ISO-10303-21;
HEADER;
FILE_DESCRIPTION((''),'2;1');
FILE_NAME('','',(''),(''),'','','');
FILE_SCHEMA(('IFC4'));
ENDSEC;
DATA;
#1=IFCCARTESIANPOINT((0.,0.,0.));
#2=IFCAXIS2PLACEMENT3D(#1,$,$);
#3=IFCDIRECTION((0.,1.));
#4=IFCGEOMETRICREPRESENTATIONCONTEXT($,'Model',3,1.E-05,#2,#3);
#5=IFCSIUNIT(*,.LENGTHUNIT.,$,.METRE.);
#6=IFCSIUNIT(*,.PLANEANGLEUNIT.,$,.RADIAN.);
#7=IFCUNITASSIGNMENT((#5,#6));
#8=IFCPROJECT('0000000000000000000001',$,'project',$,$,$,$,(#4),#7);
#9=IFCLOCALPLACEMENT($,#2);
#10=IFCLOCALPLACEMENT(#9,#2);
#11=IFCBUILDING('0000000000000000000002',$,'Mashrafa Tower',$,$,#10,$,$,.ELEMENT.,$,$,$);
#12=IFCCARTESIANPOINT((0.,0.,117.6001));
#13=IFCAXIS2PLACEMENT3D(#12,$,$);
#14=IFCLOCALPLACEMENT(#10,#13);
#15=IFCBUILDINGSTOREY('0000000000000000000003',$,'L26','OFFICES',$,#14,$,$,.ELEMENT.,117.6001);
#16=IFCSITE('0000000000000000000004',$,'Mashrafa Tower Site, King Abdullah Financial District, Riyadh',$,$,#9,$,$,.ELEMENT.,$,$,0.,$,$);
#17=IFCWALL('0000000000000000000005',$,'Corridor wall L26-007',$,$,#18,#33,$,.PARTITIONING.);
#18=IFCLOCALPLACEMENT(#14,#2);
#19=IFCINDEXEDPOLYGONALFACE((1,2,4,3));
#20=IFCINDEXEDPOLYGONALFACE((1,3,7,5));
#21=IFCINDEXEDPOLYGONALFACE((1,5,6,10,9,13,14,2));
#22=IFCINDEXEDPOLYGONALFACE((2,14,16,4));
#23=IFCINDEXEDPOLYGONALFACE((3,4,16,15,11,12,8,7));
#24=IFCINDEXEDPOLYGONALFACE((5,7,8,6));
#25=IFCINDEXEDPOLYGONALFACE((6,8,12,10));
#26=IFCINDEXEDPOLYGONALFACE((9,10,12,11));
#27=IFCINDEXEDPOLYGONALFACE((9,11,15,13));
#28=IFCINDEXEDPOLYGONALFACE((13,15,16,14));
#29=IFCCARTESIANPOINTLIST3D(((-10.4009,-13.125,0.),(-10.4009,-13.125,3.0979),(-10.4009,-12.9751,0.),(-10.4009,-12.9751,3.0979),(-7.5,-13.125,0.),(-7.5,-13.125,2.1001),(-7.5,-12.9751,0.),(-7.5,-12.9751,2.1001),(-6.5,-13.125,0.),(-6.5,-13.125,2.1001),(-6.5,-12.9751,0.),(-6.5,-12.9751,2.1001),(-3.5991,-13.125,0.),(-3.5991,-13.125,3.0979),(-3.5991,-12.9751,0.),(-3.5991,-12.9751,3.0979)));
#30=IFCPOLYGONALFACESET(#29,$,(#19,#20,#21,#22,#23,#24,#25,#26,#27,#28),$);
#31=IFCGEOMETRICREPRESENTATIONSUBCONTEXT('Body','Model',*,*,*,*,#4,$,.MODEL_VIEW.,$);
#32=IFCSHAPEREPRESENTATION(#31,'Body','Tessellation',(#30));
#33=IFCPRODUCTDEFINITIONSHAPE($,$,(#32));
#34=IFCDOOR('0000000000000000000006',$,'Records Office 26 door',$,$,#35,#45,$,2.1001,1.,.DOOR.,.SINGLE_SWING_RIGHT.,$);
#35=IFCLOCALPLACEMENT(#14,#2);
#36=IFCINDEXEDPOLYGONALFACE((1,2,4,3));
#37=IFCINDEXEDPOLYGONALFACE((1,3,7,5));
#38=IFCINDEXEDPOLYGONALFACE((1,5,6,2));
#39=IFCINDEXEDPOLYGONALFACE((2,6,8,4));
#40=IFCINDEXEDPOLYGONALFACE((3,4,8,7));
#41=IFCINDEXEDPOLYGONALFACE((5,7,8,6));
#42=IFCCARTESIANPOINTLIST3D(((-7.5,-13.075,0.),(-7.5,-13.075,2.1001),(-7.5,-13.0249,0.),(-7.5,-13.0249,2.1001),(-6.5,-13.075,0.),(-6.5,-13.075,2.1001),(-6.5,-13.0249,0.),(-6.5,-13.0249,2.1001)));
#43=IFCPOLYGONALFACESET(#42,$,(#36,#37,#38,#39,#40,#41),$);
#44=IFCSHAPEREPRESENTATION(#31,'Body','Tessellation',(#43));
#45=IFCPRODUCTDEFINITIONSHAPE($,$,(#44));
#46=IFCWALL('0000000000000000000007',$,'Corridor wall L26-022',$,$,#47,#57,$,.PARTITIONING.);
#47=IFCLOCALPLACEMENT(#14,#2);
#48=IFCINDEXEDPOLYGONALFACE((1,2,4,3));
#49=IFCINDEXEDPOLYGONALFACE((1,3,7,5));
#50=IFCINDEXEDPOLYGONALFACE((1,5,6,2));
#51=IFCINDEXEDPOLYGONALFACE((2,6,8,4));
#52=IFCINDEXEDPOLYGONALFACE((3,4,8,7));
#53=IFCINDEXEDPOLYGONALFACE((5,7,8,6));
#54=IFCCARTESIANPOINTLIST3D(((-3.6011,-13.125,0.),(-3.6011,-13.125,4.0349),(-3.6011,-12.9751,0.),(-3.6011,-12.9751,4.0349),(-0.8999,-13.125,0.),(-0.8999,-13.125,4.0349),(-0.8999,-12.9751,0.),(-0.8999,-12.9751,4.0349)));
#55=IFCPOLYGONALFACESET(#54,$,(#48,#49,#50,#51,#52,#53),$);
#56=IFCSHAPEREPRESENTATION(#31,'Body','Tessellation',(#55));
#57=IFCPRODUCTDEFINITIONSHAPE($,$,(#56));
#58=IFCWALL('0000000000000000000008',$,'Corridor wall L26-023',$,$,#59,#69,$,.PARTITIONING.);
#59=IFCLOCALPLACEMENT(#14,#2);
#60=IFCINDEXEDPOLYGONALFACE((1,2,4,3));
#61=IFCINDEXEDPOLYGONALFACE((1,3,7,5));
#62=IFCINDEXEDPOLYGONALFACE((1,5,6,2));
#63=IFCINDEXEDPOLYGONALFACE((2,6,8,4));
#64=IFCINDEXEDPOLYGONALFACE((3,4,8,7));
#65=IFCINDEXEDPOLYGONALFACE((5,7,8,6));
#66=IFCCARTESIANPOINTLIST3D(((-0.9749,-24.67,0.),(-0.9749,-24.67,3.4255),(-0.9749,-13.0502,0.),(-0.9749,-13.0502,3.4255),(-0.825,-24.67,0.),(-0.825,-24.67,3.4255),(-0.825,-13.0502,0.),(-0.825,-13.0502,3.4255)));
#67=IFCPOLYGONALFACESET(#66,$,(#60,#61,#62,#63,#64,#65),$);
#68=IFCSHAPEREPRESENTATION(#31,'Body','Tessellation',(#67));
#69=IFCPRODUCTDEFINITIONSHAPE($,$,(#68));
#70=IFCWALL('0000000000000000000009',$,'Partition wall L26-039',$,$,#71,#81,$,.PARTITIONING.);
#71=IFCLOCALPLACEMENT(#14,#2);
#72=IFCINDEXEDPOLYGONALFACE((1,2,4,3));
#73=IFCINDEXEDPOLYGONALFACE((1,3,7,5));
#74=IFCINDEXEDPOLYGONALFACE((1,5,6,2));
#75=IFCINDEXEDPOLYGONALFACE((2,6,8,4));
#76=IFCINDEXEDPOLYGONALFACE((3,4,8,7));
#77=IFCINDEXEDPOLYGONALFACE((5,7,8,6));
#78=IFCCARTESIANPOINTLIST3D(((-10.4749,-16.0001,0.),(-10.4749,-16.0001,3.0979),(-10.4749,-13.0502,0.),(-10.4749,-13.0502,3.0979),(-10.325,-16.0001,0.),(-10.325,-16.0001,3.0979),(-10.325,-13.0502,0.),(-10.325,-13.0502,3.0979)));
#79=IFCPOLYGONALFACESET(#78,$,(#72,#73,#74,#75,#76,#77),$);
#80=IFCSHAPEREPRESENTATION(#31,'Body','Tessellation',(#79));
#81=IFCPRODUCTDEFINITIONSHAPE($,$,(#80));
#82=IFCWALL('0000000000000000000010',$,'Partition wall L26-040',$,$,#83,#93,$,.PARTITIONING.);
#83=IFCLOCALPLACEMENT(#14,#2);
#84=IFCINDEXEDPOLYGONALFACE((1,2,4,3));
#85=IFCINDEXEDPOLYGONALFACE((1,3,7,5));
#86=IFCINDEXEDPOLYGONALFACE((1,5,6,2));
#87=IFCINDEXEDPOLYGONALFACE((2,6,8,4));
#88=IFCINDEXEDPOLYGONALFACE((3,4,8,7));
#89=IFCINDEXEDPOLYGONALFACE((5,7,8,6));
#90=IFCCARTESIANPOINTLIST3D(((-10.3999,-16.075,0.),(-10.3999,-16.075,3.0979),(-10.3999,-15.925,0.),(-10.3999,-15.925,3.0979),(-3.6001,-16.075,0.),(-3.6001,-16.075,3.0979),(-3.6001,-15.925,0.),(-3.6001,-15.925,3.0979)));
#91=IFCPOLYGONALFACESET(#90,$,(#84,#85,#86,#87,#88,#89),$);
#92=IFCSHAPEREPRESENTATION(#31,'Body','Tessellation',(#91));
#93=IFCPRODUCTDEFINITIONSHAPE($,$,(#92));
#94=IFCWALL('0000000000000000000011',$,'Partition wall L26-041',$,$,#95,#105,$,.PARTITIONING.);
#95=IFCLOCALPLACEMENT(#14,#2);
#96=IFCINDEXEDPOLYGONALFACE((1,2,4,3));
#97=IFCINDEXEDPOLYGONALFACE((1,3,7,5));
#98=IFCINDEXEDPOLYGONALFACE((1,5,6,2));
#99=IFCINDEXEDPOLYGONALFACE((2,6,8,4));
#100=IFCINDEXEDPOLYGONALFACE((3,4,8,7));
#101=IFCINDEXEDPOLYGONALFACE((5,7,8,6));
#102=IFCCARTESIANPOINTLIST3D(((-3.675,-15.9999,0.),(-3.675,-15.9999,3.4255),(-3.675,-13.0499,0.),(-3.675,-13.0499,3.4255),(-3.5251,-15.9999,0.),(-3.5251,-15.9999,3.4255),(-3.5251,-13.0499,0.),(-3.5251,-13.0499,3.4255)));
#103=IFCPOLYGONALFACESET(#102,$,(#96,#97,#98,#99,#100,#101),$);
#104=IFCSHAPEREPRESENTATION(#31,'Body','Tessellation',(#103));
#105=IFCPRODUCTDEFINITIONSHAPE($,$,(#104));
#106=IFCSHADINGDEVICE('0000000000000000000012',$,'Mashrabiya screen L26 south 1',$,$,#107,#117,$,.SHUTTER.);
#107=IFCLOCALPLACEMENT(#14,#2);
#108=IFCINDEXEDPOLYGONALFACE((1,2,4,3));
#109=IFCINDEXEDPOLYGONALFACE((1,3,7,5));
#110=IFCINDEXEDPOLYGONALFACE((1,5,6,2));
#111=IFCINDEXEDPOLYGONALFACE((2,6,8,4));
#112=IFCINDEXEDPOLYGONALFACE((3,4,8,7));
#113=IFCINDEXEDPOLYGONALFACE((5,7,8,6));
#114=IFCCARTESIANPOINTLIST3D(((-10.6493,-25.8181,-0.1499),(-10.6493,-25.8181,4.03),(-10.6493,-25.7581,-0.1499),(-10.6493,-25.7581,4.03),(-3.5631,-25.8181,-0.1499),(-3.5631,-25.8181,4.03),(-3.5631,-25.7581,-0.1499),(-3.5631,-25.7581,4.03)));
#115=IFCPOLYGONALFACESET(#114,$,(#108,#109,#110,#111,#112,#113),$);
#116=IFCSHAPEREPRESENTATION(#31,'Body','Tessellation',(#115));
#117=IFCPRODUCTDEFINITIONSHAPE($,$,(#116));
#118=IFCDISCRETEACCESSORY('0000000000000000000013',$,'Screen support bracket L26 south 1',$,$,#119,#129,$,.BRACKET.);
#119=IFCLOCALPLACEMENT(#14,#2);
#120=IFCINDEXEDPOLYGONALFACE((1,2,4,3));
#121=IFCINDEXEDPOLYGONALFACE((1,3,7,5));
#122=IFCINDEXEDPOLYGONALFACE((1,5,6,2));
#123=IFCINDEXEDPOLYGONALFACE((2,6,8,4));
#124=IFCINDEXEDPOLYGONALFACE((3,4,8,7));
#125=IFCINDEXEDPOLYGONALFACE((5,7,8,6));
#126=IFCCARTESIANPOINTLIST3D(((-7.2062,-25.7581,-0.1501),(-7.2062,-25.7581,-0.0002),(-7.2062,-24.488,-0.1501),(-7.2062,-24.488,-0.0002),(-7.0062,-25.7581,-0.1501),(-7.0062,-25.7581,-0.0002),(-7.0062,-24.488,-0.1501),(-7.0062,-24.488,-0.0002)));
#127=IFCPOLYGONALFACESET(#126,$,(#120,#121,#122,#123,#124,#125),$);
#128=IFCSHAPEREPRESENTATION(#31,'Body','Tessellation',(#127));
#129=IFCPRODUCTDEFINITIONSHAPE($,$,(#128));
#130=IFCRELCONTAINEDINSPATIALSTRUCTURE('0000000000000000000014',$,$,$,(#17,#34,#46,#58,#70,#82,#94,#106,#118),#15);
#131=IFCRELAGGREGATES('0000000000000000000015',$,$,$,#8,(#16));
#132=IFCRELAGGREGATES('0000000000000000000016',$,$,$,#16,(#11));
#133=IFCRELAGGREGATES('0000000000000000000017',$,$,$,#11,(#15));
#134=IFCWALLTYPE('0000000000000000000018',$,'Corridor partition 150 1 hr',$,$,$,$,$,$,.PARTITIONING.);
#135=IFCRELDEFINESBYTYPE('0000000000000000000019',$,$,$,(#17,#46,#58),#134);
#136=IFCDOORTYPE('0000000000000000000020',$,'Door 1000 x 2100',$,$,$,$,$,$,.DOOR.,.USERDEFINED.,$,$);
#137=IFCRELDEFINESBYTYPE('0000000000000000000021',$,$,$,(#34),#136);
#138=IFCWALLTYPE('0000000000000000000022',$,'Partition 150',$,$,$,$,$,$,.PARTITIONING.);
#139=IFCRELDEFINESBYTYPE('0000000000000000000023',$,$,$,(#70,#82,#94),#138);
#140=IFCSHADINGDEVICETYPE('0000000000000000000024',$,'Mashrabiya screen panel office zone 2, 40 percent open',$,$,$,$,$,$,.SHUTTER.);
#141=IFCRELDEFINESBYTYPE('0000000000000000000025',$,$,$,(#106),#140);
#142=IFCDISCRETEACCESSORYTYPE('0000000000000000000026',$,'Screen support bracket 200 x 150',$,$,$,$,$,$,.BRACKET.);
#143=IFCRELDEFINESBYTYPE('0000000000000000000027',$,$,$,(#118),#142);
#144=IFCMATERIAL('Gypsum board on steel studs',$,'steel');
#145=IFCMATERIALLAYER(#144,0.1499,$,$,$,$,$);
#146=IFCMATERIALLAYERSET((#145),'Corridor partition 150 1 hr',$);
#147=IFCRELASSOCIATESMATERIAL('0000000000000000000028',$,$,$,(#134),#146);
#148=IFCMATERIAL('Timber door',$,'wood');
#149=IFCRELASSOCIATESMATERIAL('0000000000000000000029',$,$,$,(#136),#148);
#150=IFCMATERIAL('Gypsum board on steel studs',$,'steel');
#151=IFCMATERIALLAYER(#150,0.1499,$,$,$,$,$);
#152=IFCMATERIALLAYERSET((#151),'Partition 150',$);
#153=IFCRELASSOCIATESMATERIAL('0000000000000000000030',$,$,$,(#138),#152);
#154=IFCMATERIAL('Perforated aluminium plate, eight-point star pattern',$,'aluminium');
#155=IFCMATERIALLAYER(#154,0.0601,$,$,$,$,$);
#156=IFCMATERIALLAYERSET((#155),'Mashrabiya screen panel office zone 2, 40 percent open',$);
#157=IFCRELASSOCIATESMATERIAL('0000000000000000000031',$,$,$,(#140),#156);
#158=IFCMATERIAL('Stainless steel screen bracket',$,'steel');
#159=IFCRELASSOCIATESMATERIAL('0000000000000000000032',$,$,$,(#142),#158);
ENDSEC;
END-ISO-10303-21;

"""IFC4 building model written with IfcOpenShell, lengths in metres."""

from ifc_helpers import new_model, si_unit, direction, frame, frame_2d, origin, origin_2d, place, context, subcontext, project, spatial, rectangle, extrude, source, transform, mapped, material, layer, layer_set, type_object, type_shapes, element, fill, save


model = new_model("IFC4")

# Units and contexts
model_context = context("Model", 3, precision=1e-05, world=origin(), true_north=direction((0.0, 1.0)))
body_context = subcontext(model_context, "Body", "Model", "MODEL_VIEW")
ifc_project = project(units=[si_unit("LENGTHUNIT", "METRE"), si_unit("PLANEANGLEUNIT", "RADIAN")], contexts=[model_context])

# Site, building, storey
site_placement = place(None, origin())
site = spatial("IfcSite", under=ifc_project, at=site_placement, Name="Mashrafa Tower Site, King Abdullah Financial District, Riyadh", CompositionType="ELEMENT", RefElevation=0.0)
building_placement = place(site_placement, origin())
building = spatial("IfcBuilding", under=site, at=building_placement, Name="Mashrafa Tower", CompositionType="ELEMENT")
storey_placement = place(building_placement, frame((0.0, 0.0, 117.6001)))
storey = spatial("IfcBuildingStorey", under=building, at=storey_placement, Name="L26", Description="OFFICES", CompositionType="ELEMENT", Elevation=117.6001)

# Wall, opening, door
ifc_material_1 = material(Name="Gypsum board on steel studs", Category="steel")
ifc_layer_1 = layer(ifc_material_1, 0.1499)
ifc_layer_set_1 = layer_set([ifc_layer_1], Name="Corridor partition 150 1 hr")
wall_type_1 = type_object("IfcWallType", Name="Corridor partition 150 1 hr", PredefinedType="PARTITIONING", material=ifc_layer_set_1)
wall_1_placement = place(storey_placement, frame((-10.4009, -13.05, 0.0), z_axis=(0.0, 0.0, 1.0), x_axis=(1.0, 0.0, 0.0)))
wall_1 = element("IfcWall", 1, at=wall_1_placement, inside=storey, type_object=wall_type_1, Name="Corridor wall L26-007", PredefinedType="PARTITIONING", context=body_context, shape_type="SweptSolid", body=[
    extrude(rectangle(XDim=6.8018, YDim=0.1499, at=frame_2d((3.4009, 0.0))), origin(), (0.0, 0.0, 1.0), 3.0979),
])
opening_placement = place(wall_1_placement, frame((2.9009, 0.0, 0.0)))
opening = element("IfcOpeningElement", 2, at=opening_placement, cuts=wall_1, PredefinedType="OPENING", context=body_context, shape_type="SweptSolid", body=[
    extrude(rectangle(XDim=1.0, YDim=2.1001, at=frame_2d((0.5, 1.05))), frame((0.0, 0.085, 0.0), z_axis=(0.0, -1.0, 0.0), x_axis=(1.0, 0.0, 0.0)), (0.0, 0.0, 1.0), 0.1699),
])
ifc_material_2 = material(Name="Timber door", Category="wood")
door_type = type_object("IfcDoorType", Name="Door 1000 x 2100", OperationType="USERDEFINED", PredefinedType="DOOR", material=ifc_material_2)
door_placement = place(opening_placement, frame((1.0, 0.0, 0.0), z_axis=(0.0, 0.0, 1.0), x_axis=(-1.0, 0.0, 0.0)))
door = element("IfcDoor", 3, at=door_placement, inside=storey, type_object=door_type, Name="Records Office 26 door", OperationType="SINGLE_SWING_RIGHT", OverallHeight=2.1001, OverallWidth=1.0, PredefinedType="DOOR", context=body_context, shape_type="SweptSolid", body=[
    extrude(rectangle(XDim=1.0, YDim=2.1001, at=frame_2d((0.5, 1.05))), frame((0.0, 0.0249, 0.0), z_axis=(0.0, -1.0, 0.0), x_axis=(1.0, 0.0, 0.0)), (0.0, 0.0, 1.0), 0.05),
])
fill(opening, door)

# Walls
wall_2_placement = place(storey_placement, frame((-3.6011, -13.05, 0.0), z_axis=(0.0, 0.0, 1.0), x_axis=(1.0, 0.0, 0.0)))
element("IfcWall", 4, at=wall_2_placement, inside=storey, type_object=wall_type_1, Name="Corridor wall L26-022", PredefinedType="PARTITIONING", context=body_context, shape_type="SweptSolid", body=[
    extrude(rectangle(XDim=2.7012, YDim=0.1499, at=frame_2d((1.3506, 0.0))), origin(), (0.0, 0.0, 1.0), 4.0349),
])
wall_3_placement = place(storey_placement, frame((-0.8999, -13.05, 0.0), z_axis=(0.0, 0.0, 1.0), x_axis=(0.0, -1.0, 0.0)))
element("IfcWall", 5, at=wall_3_placement, inside=storey, type_object=wall_type_1, Name="Corridor wall L26-023", PredefinedType="PARTITIONING", context=body_context, shape_type="SweptSolid", body=[
    extrude(rectangle(XDim=11.6199, YDim=0.1499, at=frame_2d((5.8101, 0.0))), origin(), (0.0, 0.0, 1.0), 3.4255),
])
ifc_material_3 = material(Name="Gypsum board on steel studs", Category="steel")
ifc_layer_2 = layer(ifc_material_3, 0.1499)
ifc_layer_set_2 = layer_set([ifc_layer_2], Name="Partition 150")
wall_type_2 = type_object("IfcWallType", Name="Partition 150", PredefinedType="PARTITIONING", material=ifc_layer_set_2)
wall_4_placement = place(storey_placement, frame((-10.3999, -13.05, 0.0), z_axis=(0.0, 0.0, 1.0), x_axis=(0.0, -1.0, 0.0)))
element("IfcWall", 6, at=wall_4_placement, inside=storey, type_object=wall_type_2, Name="Partition wall L26-039", PredefinedType="PARTITIONING", context=body_context, shape_type="SweptSolid", body=[
    extrude(rectangle(XDim=2.95, YDim=0.1499, at=frame_2d((1.4751, 0.0))), origin(), (0.0, 0.0, 1.0), 3.0979),
])
wall_5_placement = place(storey_placement, frame((-10.3999, -16.0, 0.0), z_axis=(0.0, 0.0, 1.0), x_axis=(1.0, 0.0, 0.0)))
element("IfcWall", 7, at=wall_5_placement, inside=storey, type_object=wall_type_2, Name="Partition wall L26-040", PredefinedType="PARTITIONING", context=body_context, shape_type="SweptSolid", body=[
    extrude(rectangle(XDim=6.7998, YDim=0.1499, at=frame_2d((3.3999, 0.0))), origin(), (0.0, 0.0, 1.0), 3.0979),
])
wall_6_placement = place(storey_placement, frame((-3.6001, -16.0, 0.0), z_axis=(0.0, 0.0, 1.0), x_axis=(0.0, 1.0, 0.0)))
element("IfcWall", 8, at=wall_6_placement, inside=storey, type_object=wall_type_2, Name="Partition wall L26-041", PredefinedType="PARTITIONING", context=body_context, shape_type="SweptSolid", body=[
    extrude(rectangle(XDim=2.95, YDim=0.1499, at=frame_2d((1.4751, 0.0))), origin(), (0.0, 0.0, 1.0), 3.4255),
])

# Shading device
ifc_material_4 = material(Name="Perforated aluminium plate, eight-point star pattern", Category="aluminium")
ifc_layer_3 = layer(ifc_material_4, 0.0601)
ifc_layer_set_3 = layer_set([ifc_layer_3], Name="Mashrabiya screen panel office zone 2, 40 percent open")
shading_device_type = type_object("IfcShadingDeviceType", Name="Mashrabiya screen panel office zone 2, 40 percent open", PredefinedType="SHUTTER", material=ifc_layer_set_3)
shared_shape_1 = source(origin(), body_context, "Body", "SweptSolid", [
    extrude(rectangle(XDim=7.0862, YDim=0.0601, at=origin_2d()), origin(), (0.0, 0.0, 1.0), 4.1799),
])
type_shapes(shading_device_type, [shared_shape_1])
shading_device_placement = place(storey_placement, frame((-7.1062, -25.7881, -0.1499), z_axis=(0.0, 0.0, 1.0), x_axis=(1.0, 0.0, 0.0)))
element("IfcShadingDevice", 9, at=shading_device_placement, inside=storey, type_object=shading_device_type, Name="Mashrabiya screen L26 south 1", PredefinedType="SHUTTER", context=body_context, shape_type="MappedRepresentation", body=[
    mapped(shared_shape_1, transform((0.0, 0.0, 0.0))),
])

# Discrete accessory
ifc_material_5 = material(Name="Stainless steel screen bracket", Category="steel")
discrete_accessory_type = type_object("IfcDiscreteAccessoryType", Name="Screen support bracket 200 x 150", PredefinedType="BRACKET", material=ifc_material_5)
shared_shape_2 = source(origin(), body_context, "Body", "SweptSolid", [
    extrude(rectangle(XDim=0.2, YDim=1.27, at=origin_2d()), origin(), (0.0, 0.0, 1.0), 0.1499),
])
type_shapes(discrete_accessory_type, [shared_shape_2])
discrete_accessory_placement = place(storey_placement, frame((-7.1062, -25.123, -0.1501), z_axis=(0.0, 0.0, 1.0), x_axis=(1.0, 0.0, 0.0)))
element("IfcDiscreteAccessory", 10, at=discrete_accessory_placement, inside=storey, type_object=discrete_accessory_type, Name="Screen support bracket L26 south 1", PredefinedType="BRACKET", context=body_context, shape_type="MappedRepresentation", body=[
    mapped(shared_shape_2, transform((0.0, 0.0, 0.0))),
])

save(model, "model.ifc")
